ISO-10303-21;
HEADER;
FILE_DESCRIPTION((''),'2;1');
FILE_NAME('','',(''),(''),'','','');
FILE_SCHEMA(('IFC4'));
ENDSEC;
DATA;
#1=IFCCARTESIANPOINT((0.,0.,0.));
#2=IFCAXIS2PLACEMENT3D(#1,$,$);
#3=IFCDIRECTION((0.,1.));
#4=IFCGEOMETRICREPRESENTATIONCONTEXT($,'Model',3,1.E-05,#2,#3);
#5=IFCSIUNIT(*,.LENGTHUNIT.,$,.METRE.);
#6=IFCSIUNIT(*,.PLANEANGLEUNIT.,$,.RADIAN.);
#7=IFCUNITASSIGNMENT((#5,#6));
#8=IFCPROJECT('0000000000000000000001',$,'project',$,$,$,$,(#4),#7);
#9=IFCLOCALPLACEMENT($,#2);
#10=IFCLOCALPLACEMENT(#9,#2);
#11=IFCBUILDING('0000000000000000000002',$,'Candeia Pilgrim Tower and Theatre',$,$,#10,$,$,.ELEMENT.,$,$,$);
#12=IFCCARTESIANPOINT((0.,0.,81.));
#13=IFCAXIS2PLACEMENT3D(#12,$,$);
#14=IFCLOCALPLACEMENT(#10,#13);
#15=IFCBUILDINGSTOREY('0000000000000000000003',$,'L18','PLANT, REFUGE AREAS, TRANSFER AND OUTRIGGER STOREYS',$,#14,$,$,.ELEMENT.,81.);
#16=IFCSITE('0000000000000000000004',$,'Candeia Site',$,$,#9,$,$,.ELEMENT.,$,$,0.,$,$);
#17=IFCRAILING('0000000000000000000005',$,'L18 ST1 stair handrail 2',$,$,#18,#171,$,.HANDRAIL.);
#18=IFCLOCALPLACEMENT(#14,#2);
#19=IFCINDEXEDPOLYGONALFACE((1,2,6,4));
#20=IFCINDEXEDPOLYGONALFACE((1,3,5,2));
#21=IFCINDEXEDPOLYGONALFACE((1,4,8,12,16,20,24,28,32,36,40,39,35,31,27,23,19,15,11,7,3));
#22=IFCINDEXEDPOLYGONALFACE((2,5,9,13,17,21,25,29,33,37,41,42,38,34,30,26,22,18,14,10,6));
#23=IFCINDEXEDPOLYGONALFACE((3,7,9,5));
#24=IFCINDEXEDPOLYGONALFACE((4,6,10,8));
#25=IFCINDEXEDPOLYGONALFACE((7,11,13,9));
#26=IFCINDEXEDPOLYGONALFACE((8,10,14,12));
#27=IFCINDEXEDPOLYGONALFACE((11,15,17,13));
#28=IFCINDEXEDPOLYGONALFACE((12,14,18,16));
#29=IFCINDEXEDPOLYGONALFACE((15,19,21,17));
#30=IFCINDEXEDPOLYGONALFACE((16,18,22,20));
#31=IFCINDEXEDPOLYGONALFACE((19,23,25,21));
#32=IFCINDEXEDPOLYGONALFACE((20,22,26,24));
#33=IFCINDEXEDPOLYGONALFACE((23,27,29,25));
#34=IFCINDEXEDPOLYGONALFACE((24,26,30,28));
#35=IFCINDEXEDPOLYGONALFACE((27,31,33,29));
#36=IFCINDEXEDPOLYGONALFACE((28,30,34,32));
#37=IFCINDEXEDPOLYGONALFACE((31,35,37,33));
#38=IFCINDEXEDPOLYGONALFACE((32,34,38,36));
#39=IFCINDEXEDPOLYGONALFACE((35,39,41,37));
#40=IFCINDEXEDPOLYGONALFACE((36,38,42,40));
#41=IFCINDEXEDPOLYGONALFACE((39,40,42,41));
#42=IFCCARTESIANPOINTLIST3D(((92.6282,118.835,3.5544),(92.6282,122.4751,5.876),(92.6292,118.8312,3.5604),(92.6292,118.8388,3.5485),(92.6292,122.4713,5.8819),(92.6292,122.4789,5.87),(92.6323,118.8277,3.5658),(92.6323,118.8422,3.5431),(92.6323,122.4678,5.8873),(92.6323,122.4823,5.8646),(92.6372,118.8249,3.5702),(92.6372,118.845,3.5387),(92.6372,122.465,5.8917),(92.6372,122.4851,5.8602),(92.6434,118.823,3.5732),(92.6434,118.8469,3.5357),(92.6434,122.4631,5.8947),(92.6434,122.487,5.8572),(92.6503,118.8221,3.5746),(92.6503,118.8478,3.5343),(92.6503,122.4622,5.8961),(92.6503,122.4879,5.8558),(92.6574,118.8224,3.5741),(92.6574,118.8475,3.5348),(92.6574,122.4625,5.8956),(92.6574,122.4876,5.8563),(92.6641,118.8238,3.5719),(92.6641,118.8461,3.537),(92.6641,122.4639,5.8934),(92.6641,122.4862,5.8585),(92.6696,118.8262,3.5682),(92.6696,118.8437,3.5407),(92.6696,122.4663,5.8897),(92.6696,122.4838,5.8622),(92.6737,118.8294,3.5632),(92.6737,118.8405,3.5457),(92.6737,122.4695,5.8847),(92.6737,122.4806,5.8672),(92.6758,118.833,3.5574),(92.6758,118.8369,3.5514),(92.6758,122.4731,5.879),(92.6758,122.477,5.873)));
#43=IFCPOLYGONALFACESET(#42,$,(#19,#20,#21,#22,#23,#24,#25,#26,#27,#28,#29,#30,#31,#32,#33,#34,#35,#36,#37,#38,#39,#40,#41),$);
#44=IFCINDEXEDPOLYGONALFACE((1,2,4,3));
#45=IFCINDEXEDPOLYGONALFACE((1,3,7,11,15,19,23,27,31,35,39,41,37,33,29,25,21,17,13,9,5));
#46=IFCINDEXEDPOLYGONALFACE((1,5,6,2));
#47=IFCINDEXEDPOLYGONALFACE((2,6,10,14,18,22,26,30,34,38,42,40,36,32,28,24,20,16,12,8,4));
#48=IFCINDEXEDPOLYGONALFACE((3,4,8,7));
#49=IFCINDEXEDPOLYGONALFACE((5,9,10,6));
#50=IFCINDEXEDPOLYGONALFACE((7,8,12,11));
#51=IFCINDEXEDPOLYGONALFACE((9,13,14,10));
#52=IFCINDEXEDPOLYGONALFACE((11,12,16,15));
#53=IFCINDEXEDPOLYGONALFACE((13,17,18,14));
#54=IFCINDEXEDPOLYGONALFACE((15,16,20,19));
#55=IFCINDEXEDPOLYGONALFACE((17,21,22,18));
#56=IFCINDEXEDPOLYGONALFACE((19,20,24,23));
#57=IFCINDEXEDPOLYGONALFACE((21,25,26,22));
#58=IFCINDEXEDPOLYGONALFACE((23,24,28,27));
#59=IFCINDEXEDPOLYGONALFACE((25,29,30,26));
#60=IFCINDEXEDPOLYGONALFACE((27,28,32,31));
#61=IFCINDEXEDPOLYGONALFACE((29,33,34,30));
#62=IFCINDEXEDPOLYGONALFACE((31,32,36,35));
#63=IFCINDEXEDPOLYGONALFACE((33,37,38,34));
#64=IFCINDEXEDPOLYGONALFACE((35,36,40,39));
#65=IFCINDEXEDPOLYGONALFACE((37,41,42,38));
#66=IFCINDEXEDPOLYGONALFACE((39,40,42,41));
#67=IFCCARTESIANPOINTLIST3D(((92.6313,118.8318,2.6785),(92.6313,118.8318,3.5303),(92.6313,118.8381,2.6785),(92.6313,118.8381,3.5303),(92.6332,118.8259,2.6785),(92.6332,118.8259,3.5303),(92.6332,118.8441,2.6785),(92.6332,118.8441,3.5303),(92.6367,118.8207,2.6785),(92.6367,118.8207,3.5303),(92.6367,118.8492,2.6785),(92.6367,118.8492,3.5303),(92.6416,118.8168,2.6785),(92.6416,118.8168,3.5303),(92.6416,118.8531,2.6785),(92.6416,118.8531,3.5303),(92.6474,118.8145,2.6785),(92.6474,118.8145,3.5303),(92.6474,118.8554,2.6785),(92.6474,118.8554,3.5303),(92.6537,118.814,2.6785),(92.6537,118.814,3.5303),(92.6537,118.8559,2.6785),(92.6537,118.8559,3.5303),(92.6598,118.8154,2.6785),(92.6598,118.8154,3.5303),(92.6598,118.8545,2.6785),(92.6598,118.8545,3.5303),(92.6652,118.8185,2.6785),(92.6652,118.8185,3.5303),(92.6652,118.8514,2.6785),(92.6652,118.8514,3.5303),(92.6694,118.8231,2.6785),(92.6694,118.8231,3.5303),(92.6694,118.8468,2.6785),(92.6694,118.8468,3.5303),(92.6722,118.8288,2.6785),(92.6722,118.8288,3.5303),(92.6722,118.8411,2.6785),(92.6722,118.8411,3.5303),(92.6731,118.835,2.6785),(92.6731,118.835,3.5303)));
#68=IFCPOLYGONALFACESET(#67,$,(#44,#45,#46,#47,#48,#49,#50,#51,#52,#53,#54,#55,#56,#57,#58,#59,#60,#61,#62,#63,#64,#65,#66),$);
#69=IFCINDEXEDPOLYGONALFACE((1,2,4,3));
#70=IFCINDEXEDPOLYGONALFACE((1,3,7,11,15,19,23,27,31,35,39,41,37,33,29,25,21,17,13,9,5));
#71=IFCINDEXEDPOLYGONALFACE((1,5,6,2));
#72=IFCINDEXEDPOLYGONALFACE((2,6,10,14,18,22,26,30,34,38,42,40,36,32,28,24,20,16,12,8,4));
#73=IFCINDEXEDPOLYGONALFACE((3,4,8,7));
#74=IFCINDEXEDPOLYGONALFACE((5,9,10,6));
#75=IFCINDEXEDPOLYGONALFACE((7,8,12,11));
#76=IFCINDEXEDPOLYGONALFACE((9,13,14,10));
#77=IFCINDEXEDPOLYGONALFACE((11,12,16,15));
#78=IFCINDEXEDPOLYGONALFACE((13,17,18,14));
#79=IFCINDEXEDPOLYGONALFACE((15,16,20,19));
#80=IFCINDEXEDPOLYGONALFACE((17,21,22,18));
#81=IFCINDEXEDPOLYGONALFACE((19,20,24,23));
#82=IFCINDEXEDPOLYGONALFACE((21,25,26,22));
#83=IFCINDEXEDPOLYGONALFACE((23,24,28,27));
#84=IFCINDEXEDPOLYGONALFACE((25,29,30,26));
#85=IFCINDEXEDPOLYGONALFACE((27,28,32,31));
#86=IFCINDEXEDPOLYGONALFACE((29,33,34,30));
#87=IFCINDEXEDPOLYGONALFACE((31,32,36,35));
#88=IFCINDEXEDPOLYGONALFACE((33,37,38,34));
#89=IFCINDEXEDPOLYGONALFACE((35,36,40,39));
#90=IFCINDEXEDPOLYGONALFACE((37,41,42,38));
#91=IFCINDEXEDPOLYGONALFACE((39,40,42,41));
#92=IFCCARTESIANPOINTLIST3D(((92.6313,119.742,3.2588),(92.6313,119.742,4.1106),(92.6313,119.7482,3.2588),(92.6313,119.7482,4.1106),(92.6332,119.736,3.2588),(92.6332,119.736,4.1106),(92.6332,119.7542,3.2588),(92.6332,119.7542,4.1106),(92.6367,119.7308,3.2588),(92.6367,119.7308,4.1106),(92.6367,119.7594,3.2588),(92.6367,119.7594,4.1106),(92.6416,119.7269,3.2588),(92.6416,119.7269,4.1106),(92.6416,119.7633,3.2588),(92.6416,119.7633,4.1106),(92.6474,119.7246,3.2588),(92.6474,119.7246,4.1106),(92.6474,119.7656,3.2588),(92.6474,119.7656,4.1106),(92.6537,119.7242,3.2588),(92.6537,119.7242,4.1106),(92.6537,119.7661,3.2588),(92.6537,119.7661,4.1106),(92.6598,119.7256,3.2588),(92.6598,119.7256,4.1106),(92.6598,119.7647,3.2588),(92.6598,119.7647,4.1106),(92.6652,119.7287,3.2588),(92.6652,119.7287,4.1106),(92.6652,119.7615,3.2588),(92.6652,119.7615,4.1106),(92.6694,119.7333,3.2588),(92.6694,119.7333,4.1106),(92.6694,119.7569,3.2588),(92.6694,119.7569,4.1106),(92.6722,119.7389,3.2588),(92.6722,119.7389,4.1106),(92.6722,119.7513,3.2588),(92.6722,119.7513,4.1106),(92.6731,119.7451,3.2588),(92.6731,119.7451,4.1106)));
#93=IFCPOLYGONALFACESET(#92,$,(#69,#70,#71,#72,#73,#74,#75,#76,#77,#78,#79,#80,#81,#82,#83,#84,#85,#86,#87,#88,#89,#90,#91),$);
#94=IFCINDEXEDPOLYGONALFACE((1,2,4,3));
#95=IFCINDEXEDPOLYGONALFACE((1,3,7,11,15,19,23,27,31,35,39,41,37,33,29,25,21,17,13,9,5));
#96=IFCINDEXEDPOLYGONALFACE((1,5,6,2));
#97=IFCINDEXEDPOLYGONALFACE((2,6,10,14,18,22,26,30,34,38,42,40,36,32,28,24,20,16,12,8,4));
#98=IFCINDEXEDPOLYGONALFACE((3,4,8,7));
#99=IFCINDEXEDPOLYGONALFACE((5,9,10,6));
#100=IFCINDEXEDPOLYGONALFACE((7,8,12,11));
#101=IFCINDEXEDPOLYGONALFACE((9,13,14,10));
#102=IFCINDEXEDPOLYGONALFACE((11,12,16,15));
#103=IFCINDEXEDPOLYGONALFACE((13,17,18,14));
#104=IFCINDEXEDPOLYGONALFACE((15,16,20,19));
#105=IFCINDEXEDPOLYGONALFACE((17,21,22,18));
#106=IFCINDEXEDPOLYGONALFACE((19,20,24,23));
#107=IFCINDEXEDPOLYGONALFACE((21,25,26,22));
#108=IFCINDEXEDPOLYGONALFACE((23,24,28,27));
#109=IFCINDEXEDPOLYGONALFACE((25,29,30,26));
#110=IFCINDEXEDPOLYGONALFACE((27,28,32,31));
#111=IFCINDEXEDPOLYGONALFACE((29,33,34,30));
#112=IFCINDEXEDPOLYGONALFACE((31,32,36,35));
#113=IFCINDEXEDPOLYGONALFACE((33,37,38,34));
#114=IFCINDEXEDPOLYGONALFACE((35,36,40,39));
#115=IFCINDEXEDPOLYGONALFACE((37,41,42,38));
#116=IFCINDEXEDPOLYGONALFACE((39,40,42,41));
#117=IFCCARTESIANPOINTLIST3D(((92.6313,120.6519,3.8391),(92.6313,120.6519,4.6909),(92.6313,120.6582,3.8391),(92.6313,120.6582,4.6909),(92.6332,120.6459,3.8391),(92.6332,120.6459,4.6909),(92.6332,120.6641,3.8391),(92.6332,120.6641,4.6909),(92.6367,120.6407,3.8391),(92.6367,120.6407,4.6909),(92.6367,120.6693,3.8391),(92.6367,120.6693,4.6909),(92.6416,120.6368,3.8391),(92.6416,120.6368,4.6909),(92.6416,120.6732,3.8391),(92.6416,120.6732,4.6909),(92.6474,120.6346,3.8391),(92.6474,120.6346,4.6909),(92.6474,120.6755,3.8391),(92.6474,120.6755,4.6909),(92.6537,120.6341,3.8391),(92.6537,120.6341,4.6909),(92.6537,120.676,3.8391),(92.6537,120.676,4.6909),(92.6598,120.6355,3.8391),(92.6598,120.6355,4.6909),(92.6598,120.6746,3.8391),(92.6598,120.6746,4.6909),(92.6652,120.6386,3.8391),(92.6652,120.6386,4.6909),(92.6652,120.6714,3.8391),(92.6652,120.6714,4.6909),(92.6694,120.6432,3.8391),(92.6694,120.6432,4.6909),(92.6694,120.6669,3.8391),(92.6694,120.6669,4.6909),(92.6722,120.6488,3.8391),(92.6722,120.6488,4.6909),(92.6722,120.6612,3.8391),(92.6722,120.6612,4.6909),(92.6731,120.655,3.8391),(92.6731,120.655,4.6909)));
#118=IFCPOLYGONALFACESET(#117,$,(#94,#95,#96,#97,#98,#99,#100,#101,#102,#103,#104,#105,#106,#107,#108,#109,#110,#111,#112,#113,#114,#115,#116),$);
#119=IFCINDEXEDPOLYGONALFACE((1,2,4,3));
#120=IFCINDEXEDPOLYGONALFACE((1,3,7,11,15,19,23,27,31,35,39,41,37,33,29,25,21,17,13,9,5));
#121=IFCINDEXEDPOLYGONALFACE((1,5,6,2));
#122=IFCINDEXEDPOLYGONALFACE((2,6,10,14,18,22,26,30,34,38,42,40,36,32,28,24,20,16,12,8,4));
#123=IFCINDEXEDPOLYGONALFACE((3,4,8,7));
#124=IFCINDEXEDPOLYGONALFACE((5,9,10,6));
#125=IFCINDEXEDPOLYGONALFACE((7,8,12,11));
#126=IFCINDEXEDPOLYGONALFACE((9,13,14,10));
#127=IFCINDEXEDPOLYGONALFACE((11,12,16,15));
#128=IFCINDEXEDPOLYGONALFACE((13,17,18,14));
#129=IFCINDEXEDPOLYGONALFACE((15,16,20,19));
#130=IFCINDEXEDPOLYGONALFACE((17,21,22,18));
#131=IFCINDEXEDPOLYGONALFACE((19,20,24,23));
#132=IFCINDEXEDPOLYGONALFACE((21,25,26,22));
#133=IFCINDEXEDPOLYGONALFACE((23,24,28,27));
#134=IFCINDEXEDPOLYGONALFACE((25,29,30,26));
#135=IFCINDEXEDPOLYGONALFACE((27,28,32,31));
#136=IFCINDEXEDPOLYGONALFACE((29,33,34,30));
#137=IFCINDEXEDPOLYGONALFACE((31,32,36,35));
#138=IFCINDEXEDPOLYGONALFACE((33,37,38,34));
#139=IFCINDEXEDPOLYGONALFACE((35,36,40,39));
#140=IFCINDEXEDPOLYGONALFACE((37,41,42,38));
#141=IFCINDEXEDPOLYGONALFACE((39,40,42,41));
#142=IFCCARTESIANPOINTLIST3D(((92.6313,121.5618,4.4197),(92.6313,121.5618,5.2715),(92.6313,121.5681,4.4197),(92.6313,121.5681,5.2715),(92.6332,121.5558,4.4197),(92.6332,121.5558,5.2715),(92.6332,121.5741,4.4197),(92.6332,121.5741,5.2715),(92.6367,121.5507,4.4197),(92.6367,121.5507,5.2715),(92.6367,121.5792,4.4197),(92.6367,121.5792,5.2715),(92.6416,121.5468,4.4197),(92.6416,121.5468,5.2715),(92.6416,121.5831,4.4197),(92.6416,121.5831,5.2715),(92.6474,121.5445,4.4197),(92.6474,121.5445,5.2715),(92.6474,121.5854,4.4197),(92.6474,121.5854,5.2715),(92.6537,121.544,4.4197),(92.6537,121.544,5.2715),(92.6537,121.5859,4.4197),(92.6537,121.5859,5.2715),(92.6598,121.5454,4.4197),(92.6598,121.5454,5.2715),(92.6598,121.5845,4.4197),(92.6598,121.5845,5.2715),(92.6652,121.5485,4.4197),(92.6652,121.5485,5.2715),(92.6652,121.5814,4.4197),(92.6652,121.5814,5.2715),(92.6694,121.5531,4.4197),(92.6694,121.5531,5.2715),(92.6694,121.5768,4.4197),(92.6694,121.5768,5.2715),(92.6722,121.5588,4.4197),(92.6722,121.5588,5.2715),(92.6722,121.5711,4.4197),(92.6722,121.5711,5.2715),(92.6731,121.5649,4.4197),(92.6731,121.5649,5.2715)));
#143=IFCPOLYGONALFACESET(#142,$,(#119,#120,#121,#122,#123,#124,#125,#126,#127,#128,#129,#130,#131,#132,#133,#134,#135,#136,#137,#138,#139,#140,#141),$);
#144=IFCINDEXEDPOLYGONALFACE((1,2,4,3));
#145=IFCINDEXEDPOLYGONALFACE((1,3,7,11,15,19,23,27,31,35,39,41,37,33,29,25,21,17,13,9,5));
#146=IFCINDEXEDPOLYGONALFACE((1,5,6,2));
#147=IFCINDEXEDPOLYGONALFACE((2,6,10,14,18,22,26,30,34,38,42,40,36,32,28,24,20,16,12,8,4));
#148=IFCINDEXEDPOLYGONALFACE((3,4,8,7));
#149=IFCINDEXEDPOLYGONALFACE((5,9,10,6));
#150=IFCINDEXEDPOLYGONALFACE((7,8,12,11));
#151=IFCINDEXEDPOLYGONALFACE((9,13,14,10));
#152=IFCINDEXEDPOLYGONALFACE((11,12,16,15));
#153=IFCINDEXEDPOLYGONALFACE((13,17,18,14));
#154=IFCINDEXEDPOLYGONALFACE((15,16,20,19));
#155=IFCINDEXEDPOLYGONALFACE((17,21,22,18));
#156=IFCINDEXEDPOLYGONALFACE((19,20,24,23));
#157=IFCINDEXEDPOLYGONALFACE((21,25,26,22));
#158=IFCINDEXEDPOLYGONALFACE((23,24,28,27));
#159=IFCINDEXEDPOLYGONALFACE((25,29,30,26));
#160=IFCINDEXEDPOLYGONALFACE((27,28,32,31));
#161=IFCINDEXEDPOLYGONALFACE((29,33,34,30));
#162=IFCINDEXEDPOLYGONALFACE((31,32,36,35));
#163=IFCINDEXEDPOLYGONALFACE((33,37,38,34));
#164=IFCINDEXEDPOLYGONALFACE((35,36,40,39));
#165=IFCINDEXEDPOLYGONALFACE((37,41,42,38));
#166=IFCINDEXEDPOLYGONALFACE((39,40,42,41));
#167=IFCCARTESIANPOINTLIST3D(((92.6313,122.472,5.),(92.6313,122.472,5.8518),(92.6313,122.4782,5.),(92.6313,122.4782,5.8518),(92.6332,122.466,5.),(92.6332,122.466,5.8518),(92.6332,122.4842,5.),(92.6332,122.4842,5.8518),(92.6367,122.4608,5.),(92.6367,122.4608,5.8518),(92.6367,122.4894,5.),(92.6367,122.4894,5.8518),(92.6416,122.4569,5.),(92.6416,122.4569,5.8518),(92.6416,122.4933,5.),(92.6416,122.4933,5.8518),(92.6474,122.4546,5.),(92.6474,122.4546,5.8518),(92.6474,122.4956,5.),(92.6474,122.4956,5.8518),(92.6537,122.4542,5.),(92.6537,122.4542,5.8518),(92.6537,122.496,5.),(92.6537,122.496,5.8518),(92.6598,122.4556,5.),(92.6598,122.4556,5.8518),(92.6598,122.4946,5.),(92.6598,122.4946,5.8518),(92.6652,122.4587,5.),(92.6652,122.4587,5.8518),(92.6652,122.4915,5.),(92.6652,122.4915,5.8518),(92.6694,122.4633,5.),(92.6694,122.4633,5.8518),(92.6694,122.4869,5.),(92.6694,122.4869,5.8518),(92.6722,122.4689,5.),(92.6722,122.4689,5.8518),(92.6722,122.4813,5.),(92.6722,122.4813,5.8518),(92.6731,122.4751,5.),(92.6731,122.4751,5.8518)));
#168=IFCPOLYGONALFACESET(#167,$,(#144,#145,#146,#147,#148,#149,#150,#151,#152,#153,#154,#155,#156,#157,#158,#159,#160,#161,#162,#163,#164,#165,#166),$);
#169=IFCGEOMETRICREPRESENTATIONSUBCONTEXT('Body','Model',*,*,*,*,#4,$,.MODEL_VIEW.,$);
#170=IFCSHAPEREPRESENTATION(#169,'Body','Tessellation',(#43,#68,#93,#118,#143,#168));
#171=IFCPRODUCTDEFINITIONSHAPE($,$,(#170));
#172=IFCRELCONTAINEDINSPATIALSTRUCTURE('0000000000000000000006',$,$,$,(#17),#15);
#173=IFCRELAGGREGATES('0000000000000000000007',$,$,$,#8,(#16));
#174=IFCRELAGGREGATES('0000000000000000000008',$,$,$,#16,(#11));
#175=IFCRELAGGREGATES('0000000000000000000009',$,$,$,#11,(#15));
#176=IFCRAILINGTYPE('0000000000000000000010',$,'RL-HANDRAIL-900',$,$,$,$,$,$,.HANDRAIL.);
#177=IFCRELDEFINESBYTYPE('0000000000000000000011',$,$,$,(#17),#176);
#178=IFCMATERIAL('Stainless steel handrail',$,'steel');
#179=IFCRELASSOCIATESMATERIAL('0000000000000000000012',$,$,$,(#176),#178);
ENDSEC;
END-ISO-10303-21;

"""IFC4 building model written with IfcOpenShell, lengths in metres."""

from ifc_helpers import new_model, si_unit, direction, frame, origin, origin_2d, place, context, subcontext, project, spatial, circle, extrude, material, type_object, element, save


model = new_model("IFC4")

# Units and contexts
model_context = context("Model", 3, precision=1e-05, world=origin(), true_north=direction((0.0, 1.0)))
body_context = subcontext(model_context, "Body", "Model", "MODEL_VIEW")
ifc_project = project(units=[si_unit("LENGTHUNIT", "METRE"), si_unit("PLANEANGLEUNIT", "RADIAN")], contexts=[model_context])

# Site, building, storey
site_placement = place(None, origin())
site = spatial("IfcSite", under=ifc_project, at=site_placement, Name="Candeia Site", CompositionType="ELEMENT", RefElevation=0.0)
building_placement = place(site_placement, origin())
building = spatial("IfcBuilding", under=site, at=building_placement, Name="Candeia Pilgrim Tower and Theatre", CompositionType="ELEMENT")
storey_placement = place(building_placement, frame((0.0, 0.0, 81.0)))
storey = spatial("IfcBuildingStorey", under=building, at=storey_placement, Name="L18", Description="PLANT, REFUGE AREAS, TRANSFER AND OUTRIGGER STOREYS", CompositionType="ELEMENT", Elevation=81.0)

# Railing
ifc_material_1 = material(Name="Stainless steel handrail", Category="steel")
railing_type = type_object("IfcRailingType", Name="RL-HANDRAIL-900", PredefinedType="HANDRAIL", material=ifc_material_1)
for number, where, name in (
    (1, (92.6521, 118.835, 2.6785), "L18 ST1 stair handrail 2"),
):
    element("IfcRailing", number, at=place(storey_placement, frame(where)), inside=storey, type_object=railing_type, Name=name, PredefinedType="HANDRAIL", context=body_context, shape_type="SweptSolid", body=[
        extrude(circle(Radius=0.0239, at=origin_2d()), frame((0.0, 0.0, 0.876), z_axis=(0.0, 0.843128, 0.537713), x_axis=(-1.0, 0.0, 0.0)), (0.0, 0.0, 1.0), 4.3174),
        extrude(circle(Radius=0.021, at=origin_2d()), origin(), (0.0, 0.0, 1.0), 0.8518),
        extrude(circle(Radius=0.021, at=origin_2d()), frame((0.0, 0.9102, 0.5803)), (0.0, 0.0, 1.0), 0.8518),
        extrude(circle(Radius=0.021, at=origin_2d()), frame((0.0, 1.8201, 1.1606)), (0.0, 0.0, 1.0), 0.8518),
        extrude(circle(Radius=0.021, at=origin_2d()), frame((0.0, 2.73, 1.7412)), (0.0, 0.0, 1.0), 0.8518),
        extrude(circle(Radius=0.021, at=origin_2d()), frame((0.0, 3.6401, 2.3215)), (0.0, 0.0, 1.0), 0.8518),
    ])

save(model, "model.ifc")
